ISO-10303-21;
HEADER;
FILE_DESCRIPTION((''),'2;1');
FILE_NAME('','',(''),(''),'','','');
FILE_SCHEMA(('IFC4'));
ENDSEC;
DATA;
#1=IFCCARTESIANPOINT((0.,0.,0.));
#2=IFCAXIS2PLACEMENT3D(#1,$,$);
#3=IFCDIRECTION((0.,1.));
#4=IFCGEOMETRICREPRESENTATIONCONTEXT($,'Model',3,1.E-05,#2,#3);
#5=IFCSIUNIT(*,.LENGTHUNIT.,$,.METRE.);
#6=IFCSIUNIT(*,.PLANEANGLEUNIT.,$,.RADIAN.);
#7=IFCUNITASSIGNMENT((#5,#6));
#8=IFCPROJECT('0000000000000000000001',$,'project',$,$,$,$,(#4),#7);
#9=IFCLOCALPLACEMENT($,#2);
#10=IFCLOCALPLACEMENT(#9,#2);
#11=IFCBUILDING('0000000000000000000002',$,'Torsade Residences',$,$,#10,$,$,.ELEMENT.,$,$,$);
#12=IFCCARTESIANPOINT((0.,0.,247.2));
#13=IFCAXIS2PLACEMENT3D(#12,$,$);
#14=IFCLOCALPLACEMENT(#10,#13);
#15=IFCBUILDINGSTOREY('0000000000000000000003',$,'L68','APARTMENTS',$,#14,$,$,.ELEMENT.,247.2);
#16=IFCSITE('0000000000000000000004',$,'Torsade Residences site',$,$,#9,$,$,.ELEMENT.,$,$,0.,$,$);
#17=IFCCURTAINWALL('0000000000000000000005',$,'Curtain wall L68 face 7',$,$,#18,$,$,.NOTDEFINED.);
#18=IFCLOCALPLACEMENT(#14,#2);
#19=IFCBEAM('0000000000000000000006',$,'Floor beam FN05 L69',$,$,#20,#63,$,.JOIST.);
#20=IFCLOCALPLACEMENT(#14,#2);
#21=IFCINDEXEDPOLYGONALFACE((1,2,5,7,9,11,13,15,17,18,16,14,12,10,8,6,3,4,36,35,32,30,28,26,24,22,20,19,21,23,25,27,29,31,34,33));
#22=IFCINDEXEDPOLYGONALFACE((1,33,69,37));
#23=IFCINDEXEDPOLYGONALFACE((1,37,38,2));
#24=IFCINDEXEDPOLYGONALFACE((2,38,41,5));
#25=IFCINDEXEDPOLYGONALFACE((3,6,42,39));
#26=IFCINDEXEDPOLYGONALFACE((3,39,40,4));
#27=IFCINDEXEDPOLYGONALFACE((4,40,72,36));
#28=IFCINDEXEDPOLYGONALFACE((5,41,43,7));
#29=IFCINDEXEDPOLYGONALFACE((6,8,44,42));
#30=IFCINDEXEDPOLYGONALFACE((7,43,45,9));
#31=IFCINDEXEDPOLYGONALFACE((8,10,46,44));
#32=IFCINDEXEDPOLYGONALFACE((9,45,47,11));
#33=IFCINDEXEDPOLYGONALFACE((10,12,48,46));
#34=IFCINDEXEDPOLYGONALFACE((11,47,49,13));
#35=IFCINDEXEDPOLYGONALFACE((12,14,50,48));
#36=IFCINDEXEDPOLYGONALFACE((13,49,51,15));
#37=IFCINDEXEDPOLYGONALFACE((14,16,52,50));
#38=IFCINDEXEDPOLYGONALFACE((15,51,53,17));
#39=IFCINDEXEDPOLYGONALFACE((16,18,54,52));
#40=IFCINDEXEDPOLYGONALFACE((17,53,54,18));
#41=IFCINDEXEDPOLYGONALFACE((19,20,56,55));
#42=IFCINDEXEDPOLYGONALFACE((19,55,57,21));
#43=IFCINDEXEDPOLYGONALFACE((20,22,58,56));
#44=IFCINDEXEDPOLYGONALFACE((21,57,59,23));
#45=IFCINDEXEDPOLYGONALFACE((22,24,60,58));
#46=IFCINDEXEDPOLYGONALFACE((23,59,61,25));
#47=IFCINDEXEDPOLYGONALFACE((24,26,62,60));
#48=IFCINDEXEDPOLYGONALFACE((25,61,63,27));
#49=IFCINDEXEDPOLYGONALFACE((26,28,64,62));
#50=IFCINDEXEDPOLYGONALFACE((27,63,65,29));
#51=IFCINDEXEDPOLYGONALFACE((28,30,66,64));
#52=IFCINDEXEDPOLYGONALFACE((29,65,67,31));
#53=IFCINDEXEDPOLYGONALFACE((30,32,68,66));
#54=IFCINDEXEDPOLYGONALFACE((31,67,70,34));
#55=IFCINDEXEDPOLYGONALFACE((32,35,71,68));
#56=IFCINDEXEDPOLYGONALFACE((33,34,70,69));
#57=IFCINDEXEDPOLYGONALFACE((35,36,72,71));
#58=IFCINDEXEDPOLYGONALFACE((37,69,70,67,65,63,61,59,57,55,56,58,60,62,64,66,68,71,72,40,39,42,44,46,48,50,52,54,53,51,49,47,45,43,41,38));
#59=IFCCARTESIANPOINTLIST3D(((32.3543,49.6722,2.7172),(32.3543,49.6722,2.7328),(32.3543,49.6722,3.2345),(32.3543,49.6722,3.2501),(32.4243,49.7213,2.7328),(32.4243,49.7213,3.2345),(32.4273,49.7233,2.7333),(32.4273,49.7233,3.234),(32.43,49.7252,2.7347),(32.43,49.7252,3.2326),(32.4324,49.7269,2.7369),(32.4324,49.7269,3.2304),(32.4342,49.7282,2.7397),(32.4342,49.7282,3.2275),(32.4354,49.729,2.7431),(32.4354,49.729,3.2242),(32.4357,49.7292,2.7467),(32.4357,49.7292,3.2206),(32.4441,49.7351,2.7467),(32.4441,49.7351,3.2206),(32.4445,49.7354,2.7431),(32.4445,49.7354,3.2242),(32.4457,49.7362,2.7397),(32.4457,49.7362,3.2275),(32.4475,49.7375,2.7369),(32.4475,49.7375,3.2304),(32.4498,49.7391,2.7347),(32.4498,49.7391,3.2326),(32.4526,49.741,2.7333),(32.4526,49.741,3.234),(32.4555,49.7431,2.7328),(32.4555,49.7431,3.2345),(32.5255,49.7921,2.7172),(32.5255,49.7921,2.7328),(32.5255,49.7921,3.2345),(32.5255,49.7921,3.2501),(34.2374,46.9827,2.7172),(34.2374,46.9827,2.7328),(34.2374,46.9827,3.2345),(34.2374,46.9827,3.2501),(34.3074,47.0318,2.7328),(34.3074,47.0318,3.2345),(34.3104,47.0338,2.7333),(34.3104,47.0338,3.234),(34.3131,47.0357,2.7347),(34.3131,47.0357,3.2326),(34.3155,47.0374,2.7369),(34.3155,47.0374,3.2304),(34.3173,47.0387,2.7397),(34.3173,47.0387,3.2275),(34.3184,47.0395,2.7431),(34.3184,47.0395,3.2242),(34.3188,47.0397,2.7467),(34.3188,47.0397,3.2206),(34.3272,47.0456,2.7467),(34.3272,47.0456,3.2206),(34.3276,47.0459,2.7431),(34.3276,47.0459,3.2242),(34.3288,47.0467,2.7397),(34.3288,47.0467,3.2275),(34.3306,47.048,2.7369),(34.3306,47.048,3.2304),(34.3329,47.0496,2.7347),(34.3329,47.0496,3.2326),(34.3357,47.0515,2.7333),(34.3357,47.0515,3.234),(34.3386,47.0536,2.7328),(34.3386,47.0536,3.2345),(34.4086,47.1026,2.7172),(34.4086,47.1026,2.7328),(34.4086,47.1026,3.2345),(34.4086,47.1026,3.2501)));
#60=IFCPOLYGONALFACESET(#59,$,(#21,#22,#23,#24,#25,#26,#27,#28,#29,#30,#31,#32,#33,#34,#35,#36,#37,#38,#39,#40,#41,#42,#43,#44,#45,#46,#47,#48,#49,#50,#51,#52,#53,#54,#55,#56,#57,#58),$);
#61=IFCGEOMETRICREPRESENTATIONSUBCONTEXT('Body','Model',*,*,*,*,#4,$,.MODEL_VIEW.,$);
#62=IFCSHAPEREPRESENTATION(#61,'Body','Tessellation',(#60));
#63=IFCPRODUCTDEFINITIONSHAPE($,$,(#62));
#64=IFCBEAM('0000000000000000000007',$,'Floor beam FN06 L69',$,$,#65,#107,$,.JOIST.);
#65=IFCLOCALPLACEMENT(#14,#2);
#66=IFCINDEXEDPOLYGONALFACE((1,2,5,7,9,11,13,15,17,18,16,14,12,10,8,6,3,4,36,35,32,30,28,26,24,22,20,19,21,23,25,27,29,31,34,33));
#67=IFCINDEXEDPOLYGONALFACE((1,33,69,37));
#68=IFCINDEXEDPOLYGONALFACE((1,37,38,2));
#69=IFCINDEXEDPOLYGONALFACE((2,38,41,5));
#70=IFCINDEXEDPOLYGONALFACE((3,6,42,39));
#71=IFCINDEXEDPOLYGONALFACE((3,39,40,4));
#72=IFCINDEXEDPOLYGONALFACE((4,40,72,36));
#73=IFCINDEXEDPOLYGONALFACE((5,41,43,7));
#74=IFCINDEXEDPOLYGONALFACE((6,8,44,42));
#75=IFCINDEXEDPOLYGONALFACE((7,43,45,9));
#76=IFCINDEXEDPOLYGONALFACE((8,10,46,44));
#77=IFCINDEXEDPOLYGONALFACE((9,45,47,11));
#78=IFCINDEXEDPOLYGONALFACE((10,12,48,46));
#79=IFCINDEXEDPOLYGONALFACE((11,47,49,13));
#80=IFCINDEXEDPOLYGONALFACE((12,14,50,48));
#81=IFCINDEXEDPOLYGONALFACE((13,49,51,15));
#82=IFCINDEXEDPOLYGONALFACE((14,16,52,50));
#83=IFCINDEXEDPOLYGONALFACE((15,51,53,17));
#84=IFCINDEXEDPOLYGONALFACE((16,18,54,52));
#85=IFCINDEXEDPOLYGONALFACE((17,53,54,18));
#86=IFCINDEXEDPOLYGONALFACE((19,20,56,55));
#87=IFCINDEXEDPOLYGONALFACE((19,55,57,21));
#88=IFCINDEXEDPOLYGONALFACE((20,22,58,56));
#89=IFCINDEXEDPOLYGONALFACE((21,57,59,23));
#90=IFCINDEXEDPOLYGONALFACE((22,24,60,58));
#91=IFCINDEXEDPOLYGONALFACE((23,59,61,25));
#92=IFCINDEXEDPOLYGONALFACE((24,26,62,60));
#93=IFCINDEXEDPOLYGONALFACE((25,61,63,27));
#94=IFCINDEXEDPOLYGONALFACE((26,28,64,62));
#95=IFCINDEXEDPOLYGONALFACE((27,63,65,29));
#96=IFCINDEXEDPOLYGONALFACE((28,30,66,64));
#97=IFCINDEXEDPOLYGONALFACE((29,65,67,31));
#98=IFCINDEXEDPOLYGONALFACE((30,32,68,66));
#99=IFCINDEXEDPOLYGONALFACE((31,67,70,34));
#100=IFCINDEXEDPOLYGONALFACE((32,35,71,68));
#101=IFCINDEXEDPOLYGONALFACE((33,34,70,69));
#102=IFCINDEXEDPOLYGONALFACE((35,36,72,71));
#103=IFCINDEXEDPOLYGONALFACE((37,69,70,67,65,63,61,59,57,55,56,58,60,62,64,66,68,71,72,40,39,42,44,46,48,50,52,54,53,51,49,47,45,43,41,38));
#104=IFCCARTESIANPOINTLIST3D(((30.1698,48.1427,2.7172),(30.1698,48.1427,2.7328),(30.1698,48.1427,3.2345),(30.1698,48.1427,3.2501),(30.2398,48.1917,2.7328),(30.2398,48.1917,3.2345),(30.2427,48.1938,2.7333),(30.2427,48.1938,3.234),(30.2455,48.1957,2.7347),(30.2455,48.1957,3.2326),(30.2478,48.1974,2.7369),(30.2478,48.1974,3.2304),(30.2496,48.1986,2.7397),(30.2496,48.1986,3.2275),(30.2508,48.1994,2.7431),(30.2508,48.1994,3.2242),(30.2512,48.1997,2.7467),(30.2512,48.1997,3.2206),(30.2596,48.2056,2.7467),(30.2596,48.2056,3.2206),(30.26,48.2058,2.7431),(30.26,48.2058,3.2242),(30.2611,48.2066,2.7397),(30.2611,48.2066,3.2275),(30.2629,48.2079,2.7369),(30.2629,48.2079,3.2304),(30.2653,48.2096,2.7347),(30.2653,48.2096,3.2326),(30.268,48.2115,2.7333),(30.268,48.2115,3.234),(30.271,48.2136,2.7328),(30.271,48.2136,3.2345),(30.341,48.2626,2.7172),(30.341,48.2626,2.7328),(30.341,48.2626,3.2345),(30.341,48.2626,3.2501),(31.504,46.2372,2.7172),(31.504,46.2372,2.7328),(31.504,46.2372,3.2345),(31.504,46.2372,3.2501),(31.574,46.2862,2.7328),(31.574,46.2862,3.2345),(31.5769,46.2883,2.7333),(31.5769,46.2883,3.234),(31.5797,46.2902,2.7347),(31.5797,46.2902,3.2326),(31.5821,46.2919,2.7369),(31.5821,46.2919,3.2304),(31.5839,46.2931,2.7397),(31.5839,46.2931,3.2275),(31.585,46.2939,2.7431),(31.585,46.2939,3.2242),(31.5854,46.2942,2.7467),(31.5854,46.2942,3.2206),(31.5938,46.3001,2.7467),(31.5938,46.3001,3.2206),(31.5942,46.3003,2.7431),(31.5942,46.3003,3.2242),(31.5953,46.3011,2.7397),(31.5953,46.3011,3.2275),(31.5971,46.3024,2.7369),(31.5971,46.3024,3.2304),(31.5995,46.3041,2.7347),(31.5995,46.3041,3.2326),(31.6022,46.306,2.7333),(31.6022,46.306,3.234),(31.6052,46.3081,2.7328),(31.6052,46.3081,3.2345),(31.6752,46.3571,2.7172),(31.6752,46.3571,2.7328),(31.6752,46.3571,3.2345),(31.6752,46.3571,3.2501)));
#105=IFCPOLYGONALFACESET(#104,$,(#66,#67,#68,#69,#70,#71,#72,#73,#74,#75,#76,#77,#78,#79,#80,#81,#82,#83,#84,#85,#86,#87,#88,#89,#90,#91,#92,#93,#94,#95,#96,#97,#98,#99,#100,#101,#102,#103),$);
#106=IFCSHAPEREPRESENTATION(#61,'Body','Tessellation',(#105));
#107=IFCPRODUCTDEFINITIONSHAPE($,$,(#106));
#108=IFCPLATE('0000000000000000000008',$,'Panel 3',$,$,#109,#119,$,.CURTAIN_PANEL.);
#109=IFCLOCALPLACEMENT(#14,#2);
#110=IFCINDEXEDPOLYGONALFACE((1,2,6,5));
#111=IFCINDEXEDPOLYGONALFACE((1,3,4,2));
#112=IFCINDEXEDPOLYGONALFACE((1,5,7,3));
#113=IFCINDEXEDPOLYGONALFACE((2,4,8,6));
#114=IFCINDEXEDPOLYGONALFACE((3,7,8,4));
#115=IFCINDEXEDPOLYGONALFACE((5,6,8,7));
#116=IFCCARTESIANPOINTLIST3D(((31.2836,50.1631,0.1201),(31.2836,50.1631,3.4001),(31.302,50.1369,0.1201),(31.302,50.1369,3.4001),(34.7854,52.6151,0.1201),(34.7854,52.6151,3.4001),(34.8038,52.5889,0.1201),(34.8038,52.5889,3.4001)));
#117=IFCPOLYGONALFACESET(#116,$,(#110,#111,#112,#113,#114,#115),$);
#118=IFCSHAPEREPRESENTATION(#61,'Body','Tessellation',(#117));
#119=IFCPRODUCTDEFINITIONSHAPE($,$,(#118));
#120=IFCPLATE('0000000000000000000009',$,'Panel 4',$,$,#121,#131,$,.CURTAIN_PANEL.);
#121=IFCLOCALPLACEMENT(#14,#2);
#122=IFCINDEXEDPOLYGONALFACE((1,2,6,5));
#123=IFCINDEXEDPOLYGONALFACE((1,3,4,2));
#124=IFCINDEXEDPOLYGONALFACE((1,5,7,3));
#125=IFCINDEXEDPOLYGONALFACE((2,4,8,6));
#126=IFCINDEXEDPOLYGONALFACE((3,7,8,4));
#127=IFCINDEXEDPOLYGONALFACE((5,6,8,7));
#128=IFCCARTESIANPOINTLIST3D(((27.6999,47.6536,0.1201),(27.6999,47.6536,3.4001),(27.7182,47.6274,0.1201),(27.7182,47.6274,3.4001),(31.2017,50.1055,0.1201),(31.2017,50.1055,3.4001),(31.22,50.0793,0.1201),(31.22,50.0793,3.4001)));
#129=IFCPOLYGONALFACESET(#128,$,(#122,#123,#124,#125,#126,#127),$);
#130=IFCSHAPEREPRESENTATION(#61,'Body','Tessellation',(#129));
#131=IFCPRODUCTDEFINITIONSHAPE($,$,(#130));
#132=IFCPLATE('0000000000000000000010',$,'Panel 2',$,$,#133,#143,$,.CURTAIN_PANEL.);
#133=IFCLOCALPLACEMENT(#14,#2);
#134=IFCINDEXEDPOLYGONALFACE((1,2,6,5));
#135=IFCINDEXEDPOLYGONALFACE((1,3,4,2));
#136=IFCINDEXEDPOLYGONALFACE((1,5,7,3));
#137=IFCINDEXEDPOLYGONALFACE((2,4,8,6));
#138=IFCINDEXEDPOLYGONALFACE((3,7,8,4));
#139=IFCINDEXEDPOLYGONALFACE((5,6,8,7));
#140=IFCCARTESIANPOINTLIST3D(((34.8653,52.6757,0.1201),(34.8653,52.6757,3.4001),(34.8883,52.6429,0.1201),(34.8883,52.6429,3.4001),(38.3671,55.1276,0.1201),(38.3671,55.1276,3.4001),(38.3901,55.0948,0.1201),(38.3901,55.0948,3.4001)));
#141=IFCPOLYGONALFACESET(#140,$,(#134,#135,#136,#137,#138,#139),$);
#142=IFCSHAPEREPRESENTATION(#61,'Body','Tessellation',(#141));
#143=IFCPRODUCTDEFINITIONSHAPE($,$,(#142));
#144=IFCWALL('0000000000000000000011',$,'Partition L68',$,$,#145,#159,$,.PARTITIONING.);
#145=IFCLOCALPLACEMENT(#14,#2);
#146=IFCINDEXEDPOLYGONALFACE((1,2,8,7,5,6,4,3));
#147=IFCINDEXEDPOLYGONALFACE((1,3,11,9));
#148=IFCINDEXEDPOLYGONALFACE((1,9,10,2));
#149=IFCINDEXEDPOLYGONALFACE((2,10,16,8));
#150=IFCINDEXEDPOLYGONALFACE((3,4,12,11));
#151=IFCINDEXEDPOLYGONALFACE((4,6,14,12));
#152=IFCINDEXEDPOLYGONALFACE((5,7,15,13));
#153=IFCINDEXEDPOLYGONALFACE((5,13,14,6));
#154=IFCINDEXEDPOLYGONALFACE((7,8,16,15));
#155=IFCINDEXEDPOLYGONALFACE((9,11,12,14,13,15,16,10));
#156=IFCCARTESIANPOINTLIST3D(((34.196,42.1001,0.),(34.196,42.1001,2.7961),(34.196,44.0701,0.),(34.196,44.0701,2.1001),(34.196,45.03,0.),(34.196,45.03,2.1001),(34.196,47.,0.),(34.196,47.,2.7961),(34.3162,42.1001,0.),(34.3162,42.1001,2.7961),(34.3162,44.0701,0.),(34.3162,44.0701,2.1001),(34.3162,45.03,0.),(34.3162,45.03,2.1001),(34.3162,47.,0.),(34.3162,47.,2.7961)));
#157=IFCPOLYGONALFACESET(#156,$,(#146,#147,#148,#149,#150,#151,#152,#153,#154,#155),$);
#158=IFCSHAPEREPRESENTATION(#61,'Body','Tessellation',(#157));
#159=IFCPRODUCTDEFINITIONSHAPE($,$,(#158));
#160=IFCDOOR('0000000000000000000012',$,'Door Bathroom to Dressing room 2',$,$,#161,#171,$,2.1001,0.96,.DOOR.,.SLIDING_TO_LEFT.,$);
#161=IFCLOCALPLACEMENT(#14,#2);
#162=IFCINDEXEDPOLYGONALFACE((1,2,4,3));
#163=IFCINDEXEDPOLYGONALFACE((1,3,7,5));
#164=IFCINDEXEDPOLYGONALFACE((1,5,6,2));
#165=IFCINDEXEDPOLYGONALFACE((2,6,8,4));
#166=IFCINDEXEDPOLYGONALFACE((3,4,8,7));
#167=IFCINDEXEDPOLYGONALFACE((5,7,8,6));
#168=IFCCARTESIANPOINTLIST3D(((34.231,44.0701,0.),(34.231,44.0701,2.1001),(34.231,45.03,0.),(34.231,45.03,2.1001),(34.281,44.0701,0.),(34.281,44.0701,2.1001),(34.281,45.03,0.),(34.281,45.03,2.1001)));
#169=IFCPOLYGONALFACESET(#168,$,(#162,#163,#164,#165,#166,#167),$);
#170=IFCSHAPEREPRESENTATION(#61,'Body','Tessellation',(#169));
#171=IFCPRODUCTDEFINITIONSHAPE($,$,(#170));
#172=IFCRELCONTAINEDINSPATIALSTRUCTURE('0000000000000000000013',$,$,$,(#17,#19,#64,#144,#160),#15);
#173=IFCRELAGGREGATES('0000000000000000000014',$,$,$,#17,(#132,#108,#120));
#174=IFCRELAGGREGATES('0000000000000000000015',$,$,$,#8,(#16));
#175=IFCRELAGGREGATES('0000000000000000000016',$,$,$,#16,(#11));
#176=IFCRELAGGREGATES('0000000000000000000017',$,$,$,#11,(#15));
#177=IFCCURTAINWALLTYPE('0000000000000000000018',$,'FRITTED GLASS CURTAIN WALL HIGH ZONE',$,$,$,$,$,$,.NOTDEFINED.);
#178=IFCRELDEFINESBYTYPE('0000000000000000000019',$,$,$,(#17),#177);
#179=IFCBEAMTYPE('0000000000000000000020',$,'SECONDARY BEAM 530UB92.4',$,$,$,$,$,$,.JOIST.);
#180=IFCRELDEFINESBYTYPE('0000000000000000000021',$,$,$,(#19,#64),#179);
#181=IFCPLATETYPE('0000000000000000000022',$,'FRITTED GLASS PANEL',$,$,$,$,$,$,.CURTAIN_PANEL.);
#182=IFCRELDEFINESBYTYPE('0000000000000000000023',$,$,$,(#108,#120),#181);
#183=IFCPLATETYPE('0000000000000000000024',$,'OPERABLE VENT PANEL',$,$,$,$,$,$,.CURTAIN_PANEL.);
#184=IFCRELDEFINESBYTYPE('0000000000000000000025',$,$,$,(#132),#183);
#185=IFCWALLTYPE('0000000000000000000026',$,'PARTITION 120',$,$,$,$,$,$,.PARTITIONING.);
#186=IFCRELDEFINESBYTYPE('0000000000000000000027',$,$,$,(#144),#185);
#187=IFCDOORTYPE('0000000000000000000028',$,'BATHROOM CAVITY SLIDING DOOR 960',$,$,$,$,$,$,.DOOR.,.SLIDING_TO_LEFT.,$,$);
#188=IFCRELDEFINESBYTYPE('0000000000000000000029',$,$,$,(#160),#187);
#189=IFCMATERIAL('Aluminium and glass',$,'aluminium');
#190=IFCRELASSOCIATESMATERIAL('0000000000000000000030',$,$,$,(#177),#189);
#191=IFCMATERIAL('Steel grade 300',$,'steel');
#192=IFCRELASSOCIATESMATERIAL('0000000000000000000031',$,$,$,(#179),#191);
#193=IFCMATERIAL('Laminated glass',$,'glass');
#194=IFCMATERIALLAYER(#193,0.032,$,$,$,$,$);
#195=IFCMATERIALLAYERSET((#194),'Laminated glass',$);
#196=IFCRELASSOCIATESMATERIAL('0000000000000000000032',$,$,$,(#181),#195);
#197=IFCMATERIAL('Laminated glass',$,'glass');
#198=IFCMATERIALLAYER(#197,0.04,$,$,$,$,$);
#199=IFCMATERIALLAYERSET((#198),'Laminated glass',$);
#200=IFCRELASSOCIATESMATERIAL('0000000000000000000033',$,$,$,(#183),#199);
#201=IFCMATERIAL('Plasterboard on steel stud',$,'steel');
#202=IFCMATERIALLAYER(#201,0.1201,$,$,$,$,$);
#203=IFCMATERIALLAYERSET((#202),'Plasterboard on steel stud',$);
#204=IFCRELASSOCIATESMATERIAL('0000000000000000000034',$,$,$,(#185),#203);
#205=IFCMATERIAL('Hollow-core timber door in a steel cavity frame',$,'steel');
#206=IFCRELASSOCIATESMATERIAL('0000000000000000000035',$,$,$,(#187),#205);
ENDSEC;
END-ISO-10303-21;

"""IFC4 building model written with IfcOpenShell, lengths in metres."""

from ifc_helpers import new_model, si_unit, direction, frame, frame_2d, origin, origin_2d, place, context, subcontext, project, spatial, rectangle, i_section, extrude, material, layer, layer_set, material_profile, profile_set, type_object, element, fill, aggregate, save


model = new_model("IFC4")

# Units and contexts
model_context = context("Model", 3, precision=1e-05, world=origin(), true_north=direction((0.0, 1.0)))
body_context = subcontext(model_context, "Body", "Model", "MODEL_VIEW")
ifc_project = project(units=[si_unit("LENGTHUNIT", "METRE"), si_unit("PLANEANGLEUNIT", "RADIAN")], contexts=[model_context])

# Site, building, storey
site_placement = place(None, origin())
site = spatial("IfcSite", under=ifc_project, at=site_placement, Name="Torsade Residences site", CompositionType="ELEMENT", RefElevation=0.0)
building_placement = place(site_placement, origin())
building = spatial("IfcBuilding", under=site, at=building_placement, Name="Torsade Residences", CompositionType="ELEMENT")
storey_placement = place(building_placement, frame((0.0, 0.0, 247.2)))
storey = spatial("IfcBuildingStorey", under=building, at=storey_placement, Name="L68", Description="APARTMENTS", CompositionType="ELEMENT", Elevation=247.2)

# Curtain wall
ifc_material_1 = material(Name="Aluminium and glass", Category="aluminium")
curtain_wall_type = type_object("IfcCurtainWallType", Name="FRITTED GLASS CURTAIN WALL HIGH ZONE", PredefinedType="NOTDEFINED", material=ifc_material_1)
curtain_wall_placement = place(storey_placement, origin())
curtain_wall = element("IfcCurtainWall", 1, at=curtain_wall_placement, inside=storey, type_object=curtain_wall_type, Name="Curtain wall L68 face 7", PredefinedType="NOTDEFINED")

# Beams
ifc_material_2 = material(Name="Steel grade 300", Category="steel")
ifc_material_profile_1 = material_profile(ifc_material_2, i_section(OverallWidth=0.209, OverallDepth=0.533, WebThickness=0.0103, FlangeThickness=0.0156, FilletRadius=0.0139, at=origin_2d()), Name="530UB92.4")
ifc_profile_set_1 = profile_set([ifc_material_profile_1], Name="Steel grade 300")
beam_type_1 = type_object("IfcBeamType", Name="SECONDARY BEAM 530UB92.4", PredefinedType="JOIST", material=ifc_profile_set_1)
beam_1_placement = place(storey_placement, frame((32.4399, 49.7322, 2.9836), z_axis=(0.573552, -0.819169, 0.0), x_axis=(0.819169, 0.573552, 0.0)))
element("IfcBeam", 2, at=beam_1_placement, inside=storey, type_object=beam_type_1, Name="Floor beam FN05 L69", PredefinedType="JOIST", context=body_context, shape_type="SweptSolid", body=[
    extrude(i_section(OverallWidth=0.209, OverallDepth=0.533, WebThickness=0.0103, FlangeThickness=0.0156, FilletRadius=0.0139, at=origin_2d()), origin(), (0.0, 0.0, 1.0), 3.2832),
])
beam_2_placement = place(storey_placement, frame((30.2554, 48.2026, 2.9836), z_axis=(0.573568, -0.819158, 0.0), x_axis=(0.819158, 0.573568, 0.0)))
element("IfcBeam", 3, at=beam_2_placement, inside=storey, type_object=beam_type_1, Name="Floor beam FN06 L69", PredefinedType="JOIST", context=body_context, shape_type="SweptSolid", body=[
    extrude(i_section(OverallWidth=0.209, OverallDepth=0.533, WebThickness=0.0103, FlangeThickness=0.0156, FilletRadius=0.0139, at=origin_2d()), origin(), (0.0, 0.0, 1.0), 2.3262),
])

# Plates
ifc_material_3 = material(Name="Laminated glass", Category="glass")
ifc_layer_1 = layer(ifc_material_3, 0.032)
ifc_layer_set_1 = layer_set([ifc_layer_1], Name="Laminated glass")
plate_type_1 = type_object("IfcPlateType", Name="FRITTED GLASS PANEL", PredefinedType="CURTAIN_PANEL", material=ifc_layer_set_1)
plate_1_placement = place(storey_placement, frame((33.0437, 51.376, 0.1201), z_axis=(0.0, 0.0, 1.0), x_axis=(-0.819152, -0.573576, 0.0)))
plate_1 = element("IfcPlate", 4, at=plate_1_placement, type_object=plate_type_1, Name="Panel 3", PredefinedType="CURTAIN_PANEL", context=body_context, shape_type="SweptSolid", body=[
    extrude(rectangle(XDim=4.2749, YDim=0.032, at=origin_2d()), origin(), (0.0, 0.0, 1.0), 3.28),
])
plate_2_placement = place(storey_placement, frame((29.46, 48.8665, 0.1201), z_axis=(0.0, 0.0, 1.0), x_axis=(-0.819152, -0.573576, 0.0)))
plate_2 = element("IfcPlate", 5, at=plate_2_placement, type_object=plate_type_1, Name="Panel 4", PredefinedType="CURTAIN_PANEL", context=body_context, shape_type="SweptSolid", body=[
    extrude(rectangle(XDim=4.2749, YDim=0.032, at=origin_2d()), origin(), (0.0, 0.0, 1.0), 3.28),
])
ifc_material_4 = material(Name="Laminated glass", Category="glass")
ifc_layer_2 = layer(ifc_material_4, 0.04)
ifc_layer_set_2 = layer_set([ifc_layer_2], Name="Laminated glass")
plate_type_2 = type_object("IfcPlateType", Name="OPERABLE VENT PANEL", PredefinedType="CURTAIN_PANEL", material=ifc_layer_set_2)
plate_3_placement = place(storey_placement, frame((36.6277, 53.8853, 0.1201), z_axis=(0.0, 0.0, 1.0), x_axis=(-0.819152, -0.573576, 0.0)))
plate_3 = element("IfcPlate", 6, at=plate_3_placement, type_object=plate_type_2, Name="Panel 2", PredefinedType="CURTAIN_PANEL", context=body_context, shape_type="SweptSolid", body=[
    extrude(rectangle(XDim=4.2749, YDim=0.04, at=origin_2d()), origin(), (0.0, 0.0, 1.0), 3.28),
])
aggregate(curtain_wall, [plate_3, plate_1, plate_2])

# Wall, opening, door
ifc_material_5 = material(Name="Plasterboard on steel stud", Category="steel")
ifc_layer_3 = layer(ifc_material_5, 0.1201)
ifc_layer_set_3 = layer_set([ifc_layer_3], Name="Plasterboard on steel stud")
wall_type_1 = type_object("IfcWallType", Name="PARTITION 120", PredefinedType="PARTITIONING", material=ifc_layer_set_3)
wall_1_placement = place(storey_placement, frame((34.2561, 47.0, 0.0), z_axis=(0.0, 0.0, 1.0), x_axis=(0.0, -1.0, 0.0)))
wall_1 = element("IfcWall", 7, at=wall_1_placement, inside=storey, type_object=wall_type_1, Name="Partition L68", PredefinedType="PARTITIONING", context=body_context, shape_type="SweptSolid", body=[
    extrude(rectangle(XDim=4.8999, YDim=0.1201, at=frame_2d((2.45, 0.0))), origin(), (0.0, 0.0, 1.0), 2.7961),
])
opening_1_placement = place(wall_1_placement, frame((1.97, 0.0, 0.0)))
opening_1 = element("IfcOpeningElement", 8, at=opening_1_placement, cuts=wall_1, PredefinedType="OPENING", context=body_context, shape_type="SweptSolid", body=[
    extrude(rectangle(XDim=0.96, YDim=2.1001, at=frame_2d((0.48, 1.05))), frame((0.0, 0.0701, 0.0), z_axis=(0.0, -1.0, 0.0), x_axis=(1.0, 0.0, 0.0)), (0.0, 0.0, 1.0), 0.1401),
])
ifc_material_6 = material(Name="Hollow-core timber door in a steel cavity frame", Category="steel")
door_type_1 = type_object("IfcDoorType", Name="BATHROOM CAVITY SLIDING DOOR 960", OperationType="SLIDING_TO_LEFT", PredefinedType="DOOR", material=ifc_material_6)
door_1_placement = place(opening_1_placement, origin())
door_1 = element("IfcDoor", 9, at=door_1_placement, inside=storey, type_object=door_type_1, Name="Door Bathroom to Dressing room 2", OperationType="SLIDING_TO_LEFT", OverallHeight=2.1001, OverallWidth=0.96, PredefinedType="DOOR", context=body_context, shape_type="SweptSolid", body=[
    extrude(rectangle(XDim=0.96, YDim=2.1001, at=frame_2d((0.48, 1.05))), frame((0.0, 0.0249, 0.0), z_axis=(0.0, -1.0, 0.0), x_axis=(1.0, 0.0, 0.0)), (0.0, 0.0, 1.0), 0.05),
])
fill(opening_1, door_1)

save(model, "model.ifc")
